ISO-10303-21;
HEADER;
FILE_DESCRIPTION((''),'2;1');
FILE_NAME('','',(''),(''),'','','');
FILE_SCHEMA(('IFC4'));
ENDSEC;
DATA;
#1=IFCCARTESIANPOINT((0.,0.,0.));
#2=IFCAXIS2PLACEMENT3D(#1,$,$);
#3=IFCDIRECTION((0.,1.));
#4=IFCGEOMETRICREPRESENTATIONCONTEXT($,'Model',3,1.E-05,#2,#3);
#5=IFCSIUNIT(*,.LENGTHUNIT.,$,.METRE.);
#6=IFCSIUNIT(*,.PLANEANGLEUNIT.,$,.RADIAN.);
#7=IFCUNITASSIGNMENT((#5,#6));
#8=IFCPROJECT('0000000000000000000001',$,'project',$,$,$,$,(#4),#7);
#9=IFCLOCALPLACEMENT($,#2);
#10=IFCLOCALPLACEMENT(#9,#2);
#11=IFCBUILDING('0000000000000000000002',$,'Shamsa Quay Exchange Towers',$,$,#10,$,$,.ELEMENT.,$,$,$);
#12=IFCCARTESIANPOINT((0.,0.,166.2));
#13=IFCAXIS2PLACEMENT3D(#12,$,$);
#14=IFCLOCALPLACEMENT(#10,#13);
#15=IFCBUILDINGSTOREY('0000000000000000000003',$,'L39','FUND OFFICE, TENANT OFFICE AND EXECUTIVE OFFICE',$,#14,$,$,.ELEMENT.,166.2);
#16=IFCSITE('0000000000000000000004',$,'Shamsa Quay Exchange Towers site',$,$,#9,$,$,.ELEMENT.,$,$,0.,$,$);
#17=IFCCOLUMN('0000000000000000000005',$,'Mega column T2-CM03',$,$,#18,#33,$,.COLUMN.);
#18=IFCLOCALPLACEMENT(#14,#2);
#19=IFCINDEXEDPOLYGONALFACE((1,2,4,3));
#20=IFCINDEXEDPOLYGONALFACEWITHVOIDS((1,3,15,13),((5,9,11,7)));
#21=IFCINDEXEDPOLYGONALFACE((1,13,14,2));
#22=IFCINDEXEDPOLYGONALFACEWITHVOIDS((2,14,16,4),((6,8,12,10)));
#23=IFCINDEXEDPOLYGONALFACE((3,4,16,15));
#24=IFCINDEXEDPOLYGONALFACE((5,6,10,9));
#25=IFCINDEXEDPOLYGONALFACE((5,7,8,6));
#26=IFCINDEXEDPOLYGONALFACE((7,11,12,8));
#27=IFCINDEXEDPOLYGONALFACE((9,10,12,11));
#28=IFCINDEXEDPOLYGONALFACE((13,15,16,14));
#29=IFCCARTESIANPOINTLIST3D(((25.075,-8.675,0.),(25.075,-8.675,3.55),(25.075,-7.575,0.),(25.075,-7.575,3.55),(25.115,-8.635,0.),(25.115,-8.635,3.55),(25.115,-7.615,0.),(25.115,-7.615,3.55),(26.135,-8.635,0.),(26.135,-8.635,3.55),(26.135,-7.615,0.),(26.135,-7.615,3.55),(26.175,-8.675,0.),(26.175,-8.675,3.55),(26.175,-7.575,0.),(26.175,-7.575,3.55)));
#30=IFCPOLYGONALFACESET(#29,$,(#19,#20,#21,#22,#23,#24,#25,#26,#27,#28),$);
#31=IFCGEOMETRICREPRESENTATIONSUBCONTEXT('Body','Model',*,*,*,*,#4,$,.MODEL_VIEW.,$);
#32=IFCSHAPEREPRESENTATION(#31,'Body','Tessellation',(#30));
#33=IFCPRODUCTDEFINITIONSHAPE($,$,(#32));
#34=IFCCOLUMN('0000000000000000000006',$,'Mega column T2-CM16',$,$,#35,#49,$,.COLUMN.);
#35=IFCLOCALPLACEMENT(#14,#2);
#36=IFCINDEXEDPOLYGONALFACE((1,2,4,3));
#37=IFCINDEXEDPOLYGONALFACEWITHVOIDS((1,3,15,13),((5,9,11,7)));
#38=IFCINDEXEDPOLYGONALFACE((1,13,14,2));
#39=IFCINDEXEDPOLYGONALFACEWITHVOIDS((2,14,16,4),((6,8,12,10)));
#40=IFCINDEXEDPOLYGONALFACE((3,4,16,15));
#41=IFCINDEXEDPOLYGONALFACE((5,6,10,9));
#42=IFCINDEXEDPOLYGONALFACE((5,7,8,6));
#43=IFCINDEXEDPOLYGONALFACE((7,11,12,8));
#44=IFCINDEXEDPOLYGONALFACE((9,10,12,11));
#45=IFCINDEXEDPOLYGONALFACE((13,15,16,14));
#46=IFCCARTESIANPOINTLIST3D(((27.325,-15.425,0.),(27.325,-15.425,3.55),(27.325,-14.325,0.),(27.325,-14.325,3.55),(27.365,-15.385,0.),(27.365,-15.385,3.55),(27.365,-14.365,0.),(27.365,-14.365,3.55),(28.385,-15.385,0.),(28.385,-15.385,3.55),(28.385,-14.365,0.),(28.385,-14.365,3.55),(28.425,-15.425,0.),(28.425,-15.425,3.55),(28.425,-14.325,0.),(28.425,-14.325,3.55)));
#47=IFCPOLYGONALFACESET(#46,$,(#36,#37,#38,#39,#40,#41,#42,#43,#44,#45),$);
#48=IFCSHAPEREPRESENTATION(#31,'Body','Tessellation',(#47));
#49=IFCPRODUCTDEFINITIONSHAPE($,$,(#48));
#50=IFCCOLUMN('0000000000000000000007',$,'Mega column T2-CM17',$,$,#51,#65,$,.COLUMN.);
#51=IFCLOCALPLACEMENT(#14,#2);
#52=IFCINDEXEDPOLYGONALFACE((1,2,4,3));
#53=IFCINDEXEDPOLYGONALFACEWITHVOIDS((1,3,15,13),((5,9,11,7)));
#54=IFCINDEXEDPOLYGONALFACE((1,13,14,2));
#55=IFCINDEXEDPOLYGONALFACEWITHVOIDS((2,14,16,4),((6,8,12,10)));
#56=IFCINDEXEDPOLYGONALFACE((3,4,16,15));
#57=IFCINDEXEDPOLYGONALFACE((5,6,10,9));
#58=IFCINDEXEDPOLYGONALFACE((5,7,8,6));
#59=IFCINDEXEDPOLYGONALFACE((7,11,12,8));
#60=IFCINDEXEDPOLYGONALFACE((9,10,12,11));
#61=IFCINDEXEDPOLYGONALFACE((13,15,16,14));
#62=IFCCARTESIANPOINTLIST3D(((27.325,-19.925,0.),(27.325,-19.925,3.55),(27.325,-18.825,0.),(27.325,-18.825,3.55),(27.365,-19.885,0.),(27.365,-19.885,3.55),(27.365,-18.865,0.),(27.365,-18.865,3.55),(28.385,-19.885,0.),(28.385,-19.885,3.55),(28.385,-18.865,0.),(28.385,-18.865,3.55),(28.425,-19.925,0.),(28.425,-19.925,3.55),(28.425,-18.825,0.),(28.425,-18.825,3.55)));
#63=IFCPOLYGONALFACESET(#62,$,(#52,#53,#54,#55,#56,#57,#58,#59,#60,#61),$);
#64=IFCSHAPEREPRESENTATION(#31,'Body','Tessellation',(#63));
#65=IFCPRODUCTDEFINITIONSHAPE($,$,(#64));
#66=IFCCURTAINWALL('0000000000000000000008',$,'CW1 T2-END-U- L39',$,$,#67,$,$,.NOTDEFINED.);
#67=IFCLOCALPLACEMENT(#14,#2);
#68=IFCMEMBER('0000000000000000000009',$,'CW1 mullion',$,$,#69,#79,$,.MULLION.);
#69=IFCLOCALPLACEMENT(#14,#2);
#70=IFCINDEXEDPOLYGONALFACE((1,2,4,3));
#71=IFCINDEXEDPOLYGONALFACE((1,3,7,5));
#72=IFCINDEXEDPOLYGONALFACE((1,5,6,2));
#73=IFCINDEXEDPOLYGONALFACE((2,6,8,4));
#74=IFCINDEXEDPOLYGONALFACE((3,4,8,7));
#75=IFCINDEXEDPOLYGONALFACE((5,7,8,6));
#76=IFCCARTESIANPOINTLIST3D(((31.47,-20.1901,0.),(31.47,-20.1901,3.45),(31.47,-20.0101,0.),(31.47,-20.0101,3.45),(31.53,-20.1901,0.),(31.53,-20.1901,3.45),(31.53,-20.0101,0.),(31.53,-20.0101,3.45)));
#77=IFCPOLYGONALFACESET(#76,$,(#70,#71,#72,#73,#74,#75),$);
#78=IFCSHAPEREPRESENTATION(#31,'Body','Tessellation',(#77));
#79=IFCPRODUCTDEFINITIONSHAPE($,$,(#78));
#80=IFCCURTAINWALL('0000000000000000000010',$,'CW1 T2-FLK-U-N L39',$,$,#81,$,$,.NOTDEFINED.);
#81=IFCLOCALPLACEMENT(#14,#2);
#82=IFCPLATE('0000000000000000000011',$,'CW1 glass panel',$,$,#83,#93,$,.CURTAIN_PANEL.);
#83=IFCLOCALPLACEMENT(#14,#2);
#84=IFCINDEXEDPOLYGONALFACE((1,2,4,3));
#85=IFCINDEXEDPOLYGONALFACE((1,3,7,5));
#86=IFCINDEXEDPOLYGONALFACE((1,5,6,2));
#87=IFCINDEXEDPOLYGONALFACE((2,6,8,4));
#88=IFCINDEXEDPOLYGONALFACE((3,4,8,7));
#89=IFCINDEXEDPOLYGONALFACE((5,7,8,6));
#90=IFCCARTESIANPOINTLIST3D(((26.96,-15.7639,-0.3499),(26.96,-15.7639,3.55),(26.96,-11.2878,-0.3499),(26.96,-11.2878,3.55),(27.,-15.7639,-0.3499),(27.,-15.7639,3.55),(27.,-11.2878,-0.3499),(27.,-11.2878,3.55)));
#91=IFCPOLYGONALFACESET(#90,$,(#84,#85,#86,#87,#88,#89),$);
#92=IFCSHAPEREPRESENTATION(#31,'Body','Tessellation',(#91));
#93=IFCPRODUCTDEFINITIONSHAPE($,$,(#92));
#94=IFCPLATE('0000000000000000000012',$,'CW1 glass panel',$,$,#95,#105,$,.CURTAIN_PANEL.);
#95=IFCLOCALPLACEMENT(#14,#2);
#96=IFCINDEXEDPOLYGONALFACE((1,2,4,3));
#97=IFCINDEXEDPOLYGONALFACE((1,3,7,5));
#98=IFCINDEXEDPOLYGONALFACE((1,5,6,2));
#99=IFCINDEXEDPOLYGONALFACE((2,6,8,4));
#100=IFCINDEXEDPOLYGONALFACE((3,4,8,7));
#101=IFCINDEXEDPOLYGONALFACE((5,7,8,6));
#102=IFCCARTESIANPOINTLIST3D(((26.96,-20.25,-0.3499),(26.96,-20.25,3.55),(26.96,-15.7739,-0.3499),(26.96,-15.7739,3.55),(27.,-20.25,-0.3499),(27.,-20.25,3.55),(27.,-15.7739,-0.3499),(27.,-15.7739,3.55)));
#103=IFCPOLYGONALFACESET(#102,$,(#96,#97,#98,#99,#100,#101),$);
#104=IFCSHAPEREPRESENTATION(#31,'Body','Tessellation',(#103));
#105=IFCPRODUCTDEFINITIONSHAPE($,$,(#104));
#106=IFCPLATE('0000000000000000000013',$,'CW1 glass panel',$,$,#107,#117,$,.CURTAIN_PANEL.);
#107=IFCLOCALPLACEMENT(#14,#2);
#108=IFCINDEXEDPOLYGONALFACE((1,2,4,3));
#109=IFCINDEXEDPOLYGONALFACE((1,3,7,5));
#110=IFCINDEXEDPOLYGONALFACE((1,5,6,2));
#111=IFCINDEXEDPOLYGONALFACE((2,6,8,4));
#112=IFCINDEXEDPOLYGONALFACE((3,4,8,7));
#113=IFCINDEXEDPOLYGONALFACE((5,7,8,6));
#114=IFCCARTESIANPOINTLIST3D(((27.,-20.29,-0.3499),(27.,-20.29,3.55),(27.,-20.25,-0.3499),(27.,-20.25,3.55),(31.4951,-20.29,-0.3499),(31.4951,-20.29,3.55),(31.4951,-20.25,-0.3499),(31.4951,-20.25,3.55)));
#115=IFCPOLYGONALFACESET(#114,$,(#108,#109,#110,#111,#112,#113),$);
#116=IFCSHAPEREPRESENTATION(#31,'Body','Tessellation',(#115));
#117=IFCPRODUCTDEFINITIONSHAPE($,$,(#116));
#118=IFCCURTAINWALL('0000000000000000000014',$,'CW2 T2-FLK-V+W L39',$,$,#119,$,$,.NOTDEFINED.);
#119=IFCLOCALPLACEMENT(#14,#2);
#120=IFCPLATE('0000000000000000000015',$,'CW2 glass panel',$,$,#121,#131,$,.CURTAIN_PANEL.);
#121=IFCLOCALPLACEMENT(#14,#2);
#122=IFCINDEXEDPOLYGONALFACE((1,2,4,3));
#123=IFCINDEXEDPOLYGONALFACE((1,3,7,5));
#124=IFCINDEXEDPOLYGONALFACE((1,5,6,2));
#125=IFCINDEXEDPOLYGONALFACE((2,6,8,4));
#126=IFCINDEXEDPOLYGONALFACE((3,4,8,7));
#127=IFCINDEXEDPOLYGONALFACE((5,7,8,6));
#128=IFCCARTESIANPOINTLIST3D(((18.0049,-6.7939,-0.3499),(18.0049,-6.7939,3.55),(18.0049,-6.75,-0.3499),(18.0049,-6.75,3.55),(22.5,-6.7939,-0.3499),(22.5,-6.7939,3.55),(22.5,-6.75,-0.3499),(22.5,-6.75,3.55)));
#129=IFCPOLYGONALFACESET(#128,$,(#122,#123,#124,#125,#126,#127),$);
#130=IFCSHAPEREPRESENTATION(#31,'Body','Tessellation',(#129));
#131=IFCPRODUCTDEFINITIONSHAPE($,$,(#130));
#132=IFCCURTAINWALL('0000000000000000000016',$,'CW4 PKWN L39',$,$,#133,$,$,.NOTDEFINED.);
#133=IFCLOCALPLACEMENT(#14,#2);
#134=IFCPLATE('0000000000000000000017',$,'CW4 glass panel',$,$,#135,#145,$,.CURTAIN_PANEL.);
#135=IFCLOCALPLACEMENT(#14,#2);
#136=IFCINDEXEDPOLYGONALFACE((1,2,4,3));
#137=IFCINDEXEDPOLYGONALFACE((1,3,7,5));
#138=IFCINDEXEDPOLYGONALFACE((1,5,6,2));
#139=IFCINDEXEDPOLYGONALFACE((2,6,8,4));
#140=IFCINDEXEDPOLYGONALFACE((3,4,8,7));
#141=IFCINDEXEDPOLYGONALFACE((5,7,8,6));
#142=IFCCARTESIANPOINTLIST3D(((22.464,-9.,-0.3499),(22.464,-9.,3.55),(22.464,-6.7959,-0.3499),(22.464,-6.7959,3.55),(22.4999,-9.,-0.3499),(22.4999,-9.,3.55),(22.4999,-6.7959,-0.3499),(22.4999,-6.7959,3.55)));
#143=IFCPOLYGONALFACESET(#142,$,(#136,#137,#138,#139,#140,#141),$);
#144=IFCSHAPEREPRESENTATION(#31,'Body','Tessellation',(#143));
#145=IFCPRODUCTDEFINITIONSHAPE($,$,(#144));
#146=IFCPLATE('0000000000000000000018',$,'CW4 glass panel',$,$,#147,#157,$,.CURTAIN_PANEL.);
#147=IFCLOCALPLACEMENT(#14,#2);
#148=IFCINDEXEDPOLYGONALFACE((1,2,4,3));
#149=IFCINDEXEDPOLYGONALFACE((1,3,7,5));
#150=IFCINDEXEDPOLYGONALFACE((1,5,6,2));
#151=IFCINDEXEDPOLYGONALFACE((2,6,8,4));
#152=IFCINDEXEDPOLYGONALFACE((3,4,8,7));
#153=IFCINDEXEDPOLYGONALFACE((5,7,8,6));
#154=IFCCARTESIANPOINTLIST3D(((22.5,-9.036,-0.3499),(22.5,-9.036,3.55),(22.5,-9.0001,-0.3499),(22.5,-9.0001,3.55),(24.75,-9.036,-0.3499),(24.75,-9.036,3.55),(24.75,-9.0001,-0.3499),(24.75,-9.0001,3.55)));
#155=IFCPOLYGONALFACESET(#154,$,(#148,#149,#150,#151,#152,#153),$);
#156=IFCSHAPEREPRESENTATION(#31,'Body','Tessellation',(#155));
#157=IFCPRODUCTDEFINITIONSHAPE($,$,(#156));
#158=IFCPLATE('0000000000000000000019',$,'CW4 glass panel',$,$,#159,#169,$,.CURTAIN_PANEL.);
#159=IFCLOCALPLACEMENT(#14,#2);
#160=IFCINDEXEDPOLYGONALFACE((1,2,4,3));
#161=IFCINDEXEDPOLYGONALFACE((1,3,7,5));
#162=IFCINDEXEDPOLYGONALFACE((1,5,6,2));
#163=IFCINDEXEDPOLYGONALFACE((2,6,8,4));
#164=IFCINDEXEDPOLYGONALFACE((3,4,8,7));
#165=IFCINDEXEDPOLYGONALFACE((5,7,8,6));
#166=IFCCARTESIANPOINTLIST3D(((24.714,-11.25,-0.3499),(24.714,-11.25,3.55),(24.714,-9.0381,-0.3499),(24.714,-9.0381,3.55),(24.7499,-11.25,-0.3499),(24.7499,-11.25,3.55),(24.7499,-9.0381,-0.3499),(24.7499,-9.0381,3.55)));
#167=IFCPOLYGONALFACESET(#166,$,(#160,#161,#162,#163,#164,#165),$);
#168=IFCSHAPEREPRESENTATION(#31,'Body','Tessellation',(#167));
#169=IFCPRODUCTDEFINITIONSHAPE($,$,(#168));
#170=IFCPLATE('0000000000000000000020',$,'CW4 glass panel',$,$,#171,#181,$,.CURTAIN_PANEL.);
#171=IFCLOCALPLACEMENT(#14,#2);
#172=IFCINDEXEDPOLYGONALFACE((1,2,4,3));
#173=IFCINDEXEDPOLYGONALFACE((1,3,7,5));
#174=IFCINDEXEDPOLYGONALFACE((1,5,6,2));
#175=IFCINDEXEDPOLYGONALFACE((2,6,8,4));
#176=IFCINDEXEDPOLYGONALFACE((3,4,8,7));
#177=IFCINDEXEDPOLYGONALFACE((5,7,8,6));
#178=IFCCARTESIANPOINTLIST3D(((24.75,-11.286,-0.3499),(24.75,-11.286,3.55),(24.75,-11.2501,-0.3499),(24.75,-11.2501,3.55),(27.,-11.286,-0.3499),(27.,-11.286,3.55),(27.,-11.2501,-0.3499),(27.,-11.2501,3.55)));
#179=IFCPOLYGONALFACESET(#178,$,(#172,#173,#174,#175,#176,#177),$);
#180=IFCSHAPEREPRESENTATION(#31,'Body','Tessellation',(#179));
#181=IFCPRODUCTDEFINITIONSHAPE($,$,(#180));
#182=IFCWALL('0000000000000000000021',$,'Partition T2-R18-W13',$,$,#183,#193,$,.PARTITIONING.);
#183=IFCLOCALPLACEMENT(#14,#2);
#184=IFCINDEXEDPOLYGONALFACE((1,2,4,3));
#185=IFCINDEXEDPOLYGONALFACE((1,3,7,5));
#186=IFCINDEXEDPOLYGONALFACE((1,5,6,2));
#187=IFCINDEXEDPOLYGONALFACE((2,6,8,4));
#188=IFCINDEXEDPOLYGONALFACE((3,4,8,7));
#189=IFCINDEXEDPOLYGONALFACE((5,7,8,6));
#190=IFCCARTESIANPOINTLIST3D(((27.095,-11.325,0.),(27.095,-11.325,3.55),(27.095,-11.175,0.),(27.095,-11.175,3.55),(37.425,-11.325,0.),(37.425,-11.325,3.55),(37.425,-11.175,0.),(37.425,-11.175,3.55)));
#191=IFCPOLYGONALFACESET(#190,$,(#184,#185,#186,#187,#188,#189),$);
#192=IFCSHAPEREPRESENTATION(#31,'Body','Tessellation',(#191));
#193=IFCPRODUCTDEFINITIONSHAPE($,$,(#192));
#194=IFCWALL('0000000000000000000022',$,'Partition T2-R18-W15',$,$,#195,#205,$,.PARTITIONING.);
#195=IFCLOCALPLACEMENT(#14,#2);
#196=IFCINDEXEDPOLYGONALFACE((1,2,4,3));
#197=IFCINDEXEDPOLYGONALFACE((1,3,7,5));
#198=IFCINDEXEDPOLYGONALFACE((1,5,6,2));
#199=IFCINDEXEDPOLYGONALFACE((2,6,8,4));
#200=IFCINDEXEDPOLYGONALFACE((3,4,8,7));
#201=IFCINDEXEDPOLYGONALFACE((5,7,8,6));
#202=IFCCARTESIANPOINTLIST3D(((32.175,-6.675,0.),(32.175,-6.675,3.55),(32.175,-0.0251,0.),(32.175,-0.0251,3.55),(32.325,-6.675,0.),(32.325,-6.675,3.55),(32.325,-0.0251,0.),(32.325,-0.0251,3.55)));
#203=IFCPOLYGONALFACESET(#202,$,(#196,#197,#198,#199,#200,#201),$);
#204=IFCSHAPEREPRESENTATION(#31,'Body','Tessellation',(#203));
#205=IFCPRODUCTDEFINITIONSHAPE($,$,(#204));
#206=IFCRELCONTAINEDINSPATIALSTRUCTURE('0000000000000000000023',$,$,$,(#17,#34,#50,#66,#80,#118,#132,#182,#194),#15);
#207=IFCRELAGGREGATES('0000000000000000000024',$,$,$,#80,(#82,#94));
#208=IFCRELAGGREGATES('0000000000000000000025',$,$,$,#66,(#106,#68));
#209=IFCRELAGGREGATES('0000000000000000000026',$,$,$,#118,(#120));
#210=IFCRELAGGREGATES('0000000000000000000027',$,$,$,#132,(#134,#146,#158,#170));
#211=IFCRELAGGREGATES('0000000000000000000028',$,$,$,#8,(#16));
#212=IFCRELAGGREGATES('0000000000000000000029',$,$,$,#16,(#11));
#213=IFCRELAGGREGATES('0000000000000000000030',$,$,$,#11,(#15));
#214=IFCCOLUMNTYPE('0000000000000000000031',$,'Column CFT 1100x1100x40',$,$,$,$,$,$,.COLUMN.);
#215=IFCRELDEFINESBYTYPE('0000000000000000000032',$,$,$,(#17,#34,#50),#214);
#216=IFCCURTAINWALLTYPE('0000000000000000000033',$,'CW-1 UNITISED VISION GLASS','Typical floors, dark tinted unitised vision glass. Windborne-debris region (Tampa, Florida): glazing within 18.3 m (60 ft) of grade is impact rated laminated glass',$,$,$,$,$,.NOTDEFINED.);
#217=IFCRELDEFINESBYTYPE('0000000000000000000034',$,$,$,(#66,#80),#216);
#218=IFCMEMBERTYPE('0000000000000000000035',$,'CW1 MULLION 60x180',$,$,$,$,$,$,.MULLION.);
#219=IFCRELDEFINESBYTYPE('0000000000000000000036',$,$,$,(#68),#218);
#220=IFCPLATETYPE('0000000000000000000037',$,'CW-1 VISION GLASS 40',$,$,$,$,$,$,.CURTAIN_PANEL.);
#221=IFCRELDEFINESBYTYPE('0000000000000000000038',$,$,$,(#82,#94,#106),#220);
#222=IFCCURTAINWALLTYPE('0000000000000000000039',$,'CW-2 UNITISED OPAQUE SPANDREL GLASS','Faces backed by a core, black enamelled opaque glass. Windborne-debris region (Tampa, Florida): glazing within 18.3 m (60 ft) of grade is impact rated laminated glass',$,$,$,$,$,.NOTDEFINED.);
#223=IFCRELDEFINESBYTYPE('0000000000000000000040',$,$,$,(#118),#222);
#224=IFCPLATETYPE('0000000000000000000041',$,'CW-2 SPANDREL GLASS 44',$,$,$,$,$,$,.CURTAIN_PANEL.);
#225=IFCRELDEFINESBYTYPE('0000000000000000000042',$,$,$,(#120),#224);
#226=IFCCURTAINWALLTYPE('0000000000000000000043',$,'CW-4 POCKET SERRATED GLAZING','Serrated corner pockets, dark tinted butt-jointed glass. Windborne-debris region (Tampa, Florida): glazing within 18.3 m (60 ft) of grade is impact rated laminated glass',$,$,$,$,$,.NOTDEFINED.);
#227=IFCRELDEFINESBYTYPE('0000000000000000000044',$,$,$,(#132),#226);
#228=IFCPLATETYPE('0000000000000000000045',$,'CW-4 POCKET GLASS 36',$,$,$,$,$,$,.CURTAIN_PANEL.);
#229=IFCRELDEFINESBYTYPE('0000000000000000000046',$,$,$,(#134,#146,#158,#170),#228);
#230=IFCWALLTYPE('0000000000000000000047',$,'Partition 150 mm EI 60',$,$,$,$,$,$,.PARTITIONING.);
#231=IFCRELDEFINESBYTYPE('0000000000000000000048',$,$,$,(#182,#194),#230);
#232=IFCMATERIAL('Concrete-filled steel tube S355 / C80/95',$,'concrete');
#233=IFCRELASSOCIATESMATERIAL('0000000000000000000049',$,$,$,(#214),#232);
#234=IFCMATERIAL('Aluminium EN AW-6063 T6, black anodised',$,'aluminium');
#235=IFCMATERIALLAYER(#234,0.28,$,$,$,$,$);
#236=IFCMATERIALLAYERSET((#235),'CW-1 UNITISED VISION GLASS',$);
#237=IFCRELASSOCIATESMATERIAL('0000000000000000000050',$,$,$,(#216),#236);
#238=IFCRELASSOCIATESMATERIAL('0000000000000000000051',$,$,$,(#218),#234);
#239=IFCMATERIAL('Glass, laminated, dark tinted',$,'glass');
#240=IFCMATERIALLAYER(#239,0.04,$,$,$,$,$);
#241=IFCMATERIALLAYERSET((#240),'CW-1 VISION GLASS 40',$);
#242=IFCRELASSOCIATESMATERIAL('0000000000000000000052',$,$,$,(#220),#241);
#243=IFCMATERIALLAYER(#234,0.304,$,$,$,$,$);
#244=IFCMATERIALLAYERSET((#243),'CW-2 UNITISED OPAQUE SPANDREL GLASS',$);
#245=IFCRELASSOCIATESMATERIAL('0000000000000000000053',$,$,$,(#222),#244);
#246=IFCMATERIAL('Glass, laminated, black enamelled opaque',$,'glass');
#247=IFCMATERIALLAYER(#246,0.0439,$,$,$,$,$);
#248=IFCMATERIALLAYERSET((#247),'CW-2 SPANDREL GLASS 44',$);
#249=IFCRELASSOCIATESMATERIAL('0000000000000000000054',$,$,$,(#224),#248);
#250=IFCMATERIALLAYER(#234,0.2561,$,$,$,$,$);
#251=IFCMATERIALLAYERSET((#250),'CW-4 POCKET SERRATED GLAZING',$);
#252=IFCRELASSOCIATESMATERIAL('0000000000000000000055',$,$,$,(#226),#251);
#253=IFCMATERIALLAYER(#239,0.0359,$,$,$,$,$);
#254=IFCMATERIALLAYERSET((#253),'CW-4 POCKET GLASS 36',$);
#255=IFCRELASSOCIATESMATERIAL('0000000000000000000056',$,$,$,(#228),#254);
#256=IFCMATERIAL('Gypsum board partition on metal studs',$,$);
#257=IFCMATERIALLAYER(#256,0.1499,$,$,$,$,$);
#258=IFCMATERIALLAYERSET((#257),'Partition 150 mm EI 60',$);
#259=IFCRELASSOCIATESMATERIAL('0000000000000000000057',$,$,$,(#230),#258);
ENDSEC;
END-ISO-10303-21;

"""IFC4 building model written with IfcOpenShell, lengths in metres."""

from ifc_helpers import new_model, si_unit, direction, frame, frame_2d, origin, origin_2d, place, context, subcontext, project, spatial, rectangle, hollow_rectangle, extrude, material, layer, layer_set, material_profile, profile_set, type_object, element, aggregate, save


model = new_model("IFC4")

# Units and contexts
model_context = context("Model", 3, precision=1e-05, world=origin(), true_north=direction((0.0, 1.0)))
body_context = subcontext(model_context, "Body", "Model", "MODEL_VIEW")
ifc_project = project(units=[si_unit("LENGTHUNIT", "METRE"), si_unit("PLANEANGLEUNIT", "RADIAN")], contexts=[model_context])

# Site, building, storey
site_placement = place(None, origin())
site = spatial("IfcSite", under=ifc_project, at=site_placement, Name="Shamsa Quay Exchange Towers site", CompositionType="ELEMENT", RefElevation=0.0)
building_placement = place(site_placement, origin())
building = spatial("IfcBuilding", under=site, at=building_placement, Name="Shamsa Quay Exchange Towers", CompositionType="ELEMENT")
storey_placement = place(building_placement, frame((0.0, 0.0, 166.2)))
storey = spatial("IfcBuildingStorey", under=building, at=storey_placement, Name="L39", Description="FUND OFFICE, TENANT OFFICE AND EXECUTIVE OFFICE", CompositionType="ELEMENT", Elevation=166.2)

# Columns
ifc_material_1 = material(Name="Concrete-filled steel tube S355 / C80/95", Category="concrete")
ifc_material_profile_1 = material_profile(ifc_material_1, hollow_rectangle(XDim=1.1001, YDim=1.1001, WallThickness=0.04, at=origin_2d()), Name="CFT 1100x1100x40")
ifc_profile_set_1 = profile_set([ifc_material_profile_1], Name="Concrete-filled steel tube S355 / C80/95")
column_type = type_object("IfcColumnType", Name="Column CFT 1100x1100x40", PredefinedType="COLUMN", material=ifc_profile_set_1)
for number, where, name in (
    (1, (25.625, -8.125, 0.0), "Mega column T2-CM03"),
    (2, (27.875, -14.875, 0.0), "Mega column T2-CM16"),
    (3, (27.875, -19.375, 0.0), "Mega column T2-CM17"),
):
    element("IfcColumn", number, at=place(storey_placement, frame(where)), inside=storey, type_object=column_type, Name=name, PredefinedType="COLUMN", context=body_context, shape_type="SweptSolid", body=[
        extrude(hollow_rectangle(XDim=1.1001, YDim=1.1001, WallThickness=0.04, at=origin_2d()), origin(), (0.0, 0.0, 1.0), 3.55),
    ])

# Curtain wall, member
ifc_material_2 = material(Name="Aluminium EN AW-6063 T6, black anodised", Category="aluminium")
ifc_layer_1 = layer(ifc_material_2, 0.28)
ifc_layer_set_1 = layer_set([ifc_layer_1], Name="CW-1 UNITISED VISION GLASS")
curtain_wall_type_1 = type_object("IfcCurtainWallType", Name="CW-1 UNITISED VISION GLASS", Description="Typical floors, dark tinted unitised vision glass. Windborne-debris region (Tampa, Florida): glazing within 18.3 m (60 ft) of grade is impact rated laminated glass", PredefinedType="NOTDEFINED", material=ifc_layer_set_1)
curtain_wall_1_placement = place(storey_placement, origin())
curtain_wall_1 = element("IfcCurtainWall", 4, at=curtain_wall_1_placement, inside=storey, type_object=curtain_wall_type_1, Name="CW1 T2-END-U- L39", PredefinedType="NOTDEFINED")
ifc_material_profile_2 = material_profile(ifc_material_2, rectangle(XDim=0.1799, YDim=0.0601, at=origin_2d()), Name="MU60x180")
ifc_profile_set_2 = profile_set([ifc_material_profile_2], Name="Aluminium EN AW-6063 T6, black anodised")
member_type = type_object("IfcMemberType", Name="CW1 MULLION 60x180", PredefinedType="MULLION", material=ifc_profile_set_2)
member_placement = place(storey_placement, frame((31.5, -20.1001, 0.0), z_axis=(0.0, 0.0, 1.0), x_axis=(0.0, 1.0, 0.0)))
member = element("IfcMember", 5, at=member_placement, type_object=member_type, Name="CW1 mullion", PredefinedType="MULLION", context=body_context, shape_type="SweptSolid", body=[
    extrude(rectangle(XDim=0.1799, YDim=0.0601, at=origin_2d()), origin(), (0.0, 0.0, 1.0), 3.45),
])

# Curtain wall, plates
curtain_wall_2_placement = place(storey_placement, origin())
curtain_wall_2 = element("IfcCurtainWall", 6, at=curtain_wall_2_placement, inside=storey, type_object=curtain_wall_type_1, Name="CW1 T2-FLK-U-N L39", PredefinedType="NOTDEFINED")
ifc_material_3 = material(Name="Glass, laminated, dark tinted", Category="glass")
ifc_layer_2 = layer(ifc_material_3, 0.04)
ifc_layer_set_2 = layer_set([ifc_layer_2], Name="CW-1 VISION GLASS 40")
plate_type_1 = type_object("IfcPlateType", Name="CW-1 VISION GLASS 40", PredefinedType="CURTAIN_PANEL", material=ifc_layer_set_2)
plate_1_placement = place(storey_placement, frame((26.98, -13.5259, -0.3499), z_axis=(0.0, 0.0, 1.0), x_axis=(0.0, -1.0, 0.0)))
plate_1 = element("IfcPlate", 7, at=plate_1_placement, type_object=plate_type_1, Name="CW1 glass panel", PredefinedType="CURTAIN_PANEL", context=body_context, shape_type="SweptSolid", body=[
    extrude(rectangle(XDim=4.4761, YDim=0.04, at=origin_2d()), origin(), (0.0, 0.0, 1.0), 3.8999),
])
plate_2_placement = place(storey_placement, frame((26.98, -18.012, -0.3499), z_axis=(0.0, 0.0, 1.0), x_axis=(0.0, -1.0, 0.0)))
plate_2 = element("IfcPlate", 8, at=plate_2_placement, type_object=plate_type_1, Name="CW1 glass panel", PredefinedType="CURTAIN_PANEL", context=body_context, shape_type="SweptSolid", body=[
    extrude(rectangle(XDim=4.4761, YDim=0.04, at=origin_2d()), origin(), (0.0, 0.0, 1.0), 3.8999),
])
aggregate(curtain_wall_2, [plate_1, plate_2])

# Plate
plate_3_placement = place(storey_placement, frame((29.2476, -20.27, -0.3499)))
plate_3 = element("IfcPlate", 9, at=plate_3_placement, type_object=plate_type_1, Name="CW1 glass panel", PredefinedType="CURTAIN_PANEL", context=body_context, shape_type="SweptSolid", body=[
    extrude(rectangle(XDim=4.4951, YDim=0.04, at=origin_2d()), origin(), (0.0, 0.0, 1.0), 3.8999),
])
aggregate(curtain_wall_1, [plate_3, member])

# Curtain wall, plate
ifc_layer_3 = layer(ifc_material_2, 0.304)
ifc_layer_set_3 = layer_set([ifc_layer_3], Name="CW-2 UNITISED OPAQUE SPANDREL GLASS")
curtain_wall_type_2 = type_object("IfcCurtainWallType", Name="CW-2 UNITISED OPAQUE SPANDREL GLASS", Description="Faces backed by a core, black enamelled opaque glass. Windborne-debris region (Tampa, Florida): glazing within 18.3 m (60 ft) of grade is impact rated laminated glass", PredefinedType="NOTDEFINED", material=ifc_layer_set_3)
curtain_wall_3_placement = place(storey_placement, origin())
curtain_wall_3 = element("IfcCurtainWall", 10, at=curtain_wall_3_placement, inside=storey, type_object=curtain_wall_type_2, Name="CW2 T2-FLK-V+W L39", PredefinedType="NOTDEFINED")
ifc_material_4 = material(Name="Glass, laminated, black enamelled opaque", Category="glass")
ifc_layer_4 = layer(ifc_material_4, 0.0439)
ifc_layer_set_4 = layer_set([ifc_layer_4], Name="CW-2 SPANDREL GLASS 44")
plate_type_2 = type_object("IfcPlateType", Name="CW-2 SPANDREL GLASS 44", PredefinedType="CURTAIN_PANEL", material=ifc_layer_set_4)
plate_4_placement = place(storey_placement, frame((20.2524, -6.772, -0.3499)))
plate_4 = element("IfcPlate", 11, at=plate_4_placement, type_object=plate_type_2, Name="CW2 glass panel", PredefinedType="CURTAIN_PANEL", context=body_context, shape_type="SweptSolid", body=[
    extrude(rectangle(XDim=4.4951, YDim=0.0439, at=origin_2d()), origin(), (0.0, 0.0, 1.0), 3.8999),
])
aggregate(curtain_wall_3, [plate_4])

# Curtain wall, plates
ifc_layer_5 = layer(ifc_material_2, 0.2561)
ifc_layer_set_5 = layer_set([ifc_layer_5], Name="CW-4 POCKET SERRATED GLAZING")
curtain_wall_type_3 = type_object("IfcCurtainWallType", Name="CW-4 POCKET SERRATED GLAZING", Description="Serrated corner pockets, dark tinted butt-jointed glass. Windborne-debris region (Tampa, Florida): glazing within 18.3 m (60 ft) of grade is impact rated laminated glass", PredefinedType="NOTDEFINED", material=ifc_layer_set_5)
curtain_wall_4_placement = place(storey_placement, origin())
curtain_wall_4 = element("IfcCurtainWall", 12, at=curtain_wall_4_placement, inside=storey, type_object=curtain_wall_type_3, Name="CW4 PKWN L39", PredefinedType="NOTDEFINED")
ifc_layer_6 = layer(ifc_material_3, 0.0359)
ifc_layer_set_6 = layer_set([ifc_layer_6], Name="CW-4 POCKET GLASS 36")
plate_type_3 = type_object("IfcPlateType", Name="CW-4 POCKET GLASS 36", PredefinedType="CURTAIN_PANEL", material=ifc_layer_set_6)
plate_5_placement = place(storey_placement, frame((22.4819, -7.8979, -0.3499), z_axis=(0.0, 0.0, 1.0), x_axis=(0.0, -1.0, 0.0)))
plate_5 = element("IfcPlate", 13, at=plate_5_placement, type_object=plate_type_3, Name="CW4 glass panel", PredefinedType="CURTAIN_PANEL", context=body_context, shape_type="SweptSolid", body=[
    extrude(rectangle(XDim=2.2041, YDim=0.0359, at=origin_2d()), origin(), (0.0, 0.0, 1.0), 3.8999),
])
plate_6_placement = place(storey_placement, frame((23.625, -9.0181, -0.3499)))
plate_6 = element("IfcPlate", 14, at=plate_6_placement, type_object=plate_type_3, Name="CW4 glass panel", PredefinedType="CURTAIN_PANEL", context=body_context, shape_type="SweptSolid", body=[
    extrude(rectangle(XDim=2.25, YDim=0.0359, at=origin_2d()), origin(), (0.0, 0.0, 1.0), 3.8999),
])
plate_7_placement = place(storey_placement, frame((24.7319, -10.144, -0.3499), z_axis=(0.0, 0.0, 1.0), x_axis=(0.0, -1.0, 0.0)))
plate_7 = element("IfcPlate", 15, at=plate_7_placement, type_object=plate_type_3, Name="CW4 glass panel", PredefinedType="CURTAIN_PANEL", context=body_context, shape_type="SweptSolid", body=[
    extrude(rectangle(XDim=2.2119, YDim=0.0359, at=origin_2d()), origin(), (0.0, 0.0, 1.0), 3.8999),
])
plate_8_placement = place(storey_placement, frame((25.875, -11.2681, -0.3499)))
plate_8 = element("IfcPlate", 16, at=plate_8_placement, type_object=plate_type_3, Name="CW4 glass panel", PredefinedType="CURTAIN_PANEL", context=body_context, shape_type="SweptSolid", body=[
    extrude(rectangle(XDim=2.25, YDim=0.0359, at=origin_2d()), origin(), (0.0, 0.0, 1.0), 3.8999),
])
aggregate(curtain_wall_4, [plate_5, plate_6, plate_7, plate_8])

# Walls
ifc_material_5 = material(Name="Gypsum board partition on metal studs")
ifc_layer_7 = layer(ifc_material_5, 0.1499)
ifc_layer_set_7 = layer_set([ifc_layer_7], Name="Partition 150 mm EI 60")
wall_type_1 = type_object("IfcWallType", Name="Partition 150 mm EI 60", PredefinedType="PARTITIONING", material=ifc_layer_set_7)
wall_1_placement = place(storey_placement, frame((27.095, -11.25, 0.0)))
element("IfcWall", 17, at=wall_1_placement, inside=storey, type_object=wall_type_1, Name="Partition T2-R18-W13", PredefinedType="PARTITIONING", context=body_context, shape_type="SweptSolid", body=[
    extrude(rectangle(XDim=10.3301, YDim=0.1499, at=frame_2d((5.165, 0.0))), origin(), (0.0, 0.0, 1.0), 3.55),
])
wall_2_placement = place(storey_placement, frame((32.25, -0.0251, 0.0), z_axis=(0.0, 0.0, 1.0), x_axis=(0.0, -1.0, 0.0)))
element("IfcWall", 18, at=wall_2_placement, inside=storey, type_object=wall_type_1, Name="Partition T2-R18-W15", PredefinedType="PARTITIONING", context=body_context, shape_type="SweptSolid", body=[
    extrude(rectangle(XDim=6.6499, YDim=0.1499, at=frame_2d((3.325, 0.0))), origin(), (0.0, 0.0, 1.0), 3.55),
])

save(model, "model.ifc")
